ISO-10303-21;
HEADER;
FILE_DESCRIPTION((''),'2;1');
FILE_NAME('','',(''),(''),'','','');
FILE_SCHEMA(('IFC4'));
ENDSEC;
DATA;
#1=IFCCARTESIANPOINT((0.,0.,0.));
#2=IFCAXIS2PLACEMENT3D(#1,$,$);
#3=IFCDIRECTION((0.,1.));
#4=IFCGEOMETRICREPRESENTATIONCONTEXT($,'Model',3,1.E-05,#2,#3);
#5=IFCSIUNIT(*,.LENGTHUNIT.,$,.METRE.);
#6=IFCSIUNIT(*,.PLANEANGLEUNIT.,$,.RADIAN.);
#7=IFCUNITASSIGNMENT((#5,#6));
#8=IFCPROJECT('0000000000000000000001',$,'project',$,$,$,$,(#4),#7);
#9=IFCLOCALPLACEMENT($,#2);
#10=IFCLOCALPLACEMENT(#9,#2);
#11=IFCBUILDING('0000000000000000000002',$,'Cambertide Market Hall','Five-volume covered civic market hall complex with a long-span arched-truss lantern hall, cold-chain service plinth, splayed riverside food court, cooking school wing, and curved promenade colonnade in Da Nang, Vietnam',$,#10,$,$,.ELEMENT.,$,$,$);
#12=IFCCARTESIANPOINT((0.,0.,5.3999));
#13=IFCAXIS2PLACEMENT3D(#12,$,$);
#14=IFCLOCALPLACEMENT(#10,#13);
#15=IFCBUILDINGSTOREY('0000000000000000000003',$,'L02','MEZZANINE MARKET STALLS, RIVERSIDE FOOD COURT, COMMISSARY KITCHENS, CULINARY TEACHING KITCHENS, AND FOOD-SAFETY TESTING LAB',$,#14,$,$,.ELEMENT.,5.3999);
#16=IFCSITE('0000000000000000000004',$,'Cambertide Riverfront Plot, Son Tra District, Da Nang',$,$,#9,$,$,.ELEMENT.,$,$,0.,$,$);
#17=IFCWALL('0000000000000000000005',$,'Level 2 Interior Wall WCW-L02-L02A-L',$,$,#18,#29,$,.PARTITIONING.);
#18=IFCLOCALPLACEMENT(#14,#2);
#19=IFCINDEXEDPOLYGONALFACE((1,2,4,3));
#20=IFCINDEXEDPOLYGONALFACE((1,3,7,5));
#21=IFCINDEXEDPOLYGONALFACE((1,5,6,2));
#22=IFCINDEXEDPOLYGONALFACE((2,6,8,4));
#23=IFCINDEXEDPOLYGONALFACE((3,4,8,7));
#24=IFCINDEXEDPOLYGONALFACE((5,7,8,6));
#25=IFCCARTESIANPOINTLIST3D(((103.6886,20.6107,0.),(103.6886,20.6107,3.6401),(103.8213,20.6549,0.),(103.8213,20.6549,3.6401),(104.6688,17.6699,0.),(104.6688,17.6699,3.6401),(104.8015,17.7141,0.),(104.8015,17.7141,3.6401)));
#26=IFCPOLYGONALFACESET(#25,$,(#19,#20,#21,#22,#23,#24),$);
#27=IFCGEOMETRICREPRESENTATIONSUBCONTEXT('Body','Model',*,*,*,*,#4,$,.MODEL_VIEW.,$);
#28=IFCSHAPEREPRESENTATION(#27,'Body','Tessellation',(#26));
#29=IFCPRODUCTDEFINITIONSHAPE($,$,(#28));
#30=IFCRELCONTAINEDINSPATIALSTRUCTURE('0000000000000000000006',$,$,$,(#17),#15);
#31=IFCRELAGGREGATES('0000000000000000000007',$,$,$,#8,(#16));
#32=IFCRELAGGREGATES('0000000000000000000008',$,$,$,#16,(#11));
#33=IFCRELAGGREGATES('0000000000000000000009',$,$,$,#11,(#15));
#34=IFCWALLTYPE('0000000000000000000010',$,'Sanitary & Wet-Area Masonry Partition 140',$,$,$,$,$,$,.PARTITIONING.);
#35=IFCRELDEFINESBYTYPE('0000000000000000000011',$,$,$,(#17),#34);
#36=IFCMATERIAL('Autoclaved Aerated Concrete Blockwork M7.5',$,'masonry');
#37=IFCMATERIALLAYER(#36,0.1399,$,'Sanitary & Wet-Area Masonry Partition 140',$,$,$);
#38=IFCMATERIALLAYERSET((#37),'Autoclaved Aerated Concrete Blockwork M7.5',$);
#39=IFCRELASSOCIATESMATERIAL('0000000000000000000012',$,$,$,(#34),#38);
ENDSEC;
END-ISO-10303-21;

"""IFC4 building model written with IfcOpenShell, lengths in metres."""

from ifc_helpers import new_model, si_unit, direction, frame, frame_2d, origin, place, context, subcontext, project, spatial, rectangle, extrude, material, layer, layer_set, type_object, element, save


model = new_model("IFC4")

# Units and contexts
model_context = context("Model", 3, precision=1e-05, world=origin(), true_north=direction((0.0, 1.0)))
body_context = subcontext(model_context, "Body", "Model", "MODEL_VIEW")
ifc_project = project(units=[si_unit("LENGTHUNIT", "METRE"), si_unit("PLANEANGLEUNIT", "RADIAN")], contexts=[model_context])

# Site, building, storey
site_placement = place(None, origin())
site = spatial("IfcSite", under=ifc_project, at=site_placement, Name="Cambertide Riverfront Plot, Son Tra District, Da Nang", CompositionType="ELEMENT", RefElevation=0.0)
building_placement = place(site_placement, origin())
building = spatial("IfcBuilding", under=site, at=building_placement, Name="Cambertide Market Hall", Description="Five-volume covered civic market hall complex with a long-span arched-truss lantern hall, cold-chain service plinth, splayed riverside food court, cooking school wing, and curved promenade colonnade in Da Nang, Vietnam", CompositionType="ELEMENT")
storey_placement = place(building_placement, frame((0.0, 0.0, 5.3999)))
storey = spatial("IfcBuildingStorey", under=building, at=storey_placement, Name="L02", Description="MEZZANINE MARKET STALLS, RIVERSIDE FOOD COURT, COMMISSARY KITCHENS, CULINARY TEACHING KITCHENS, AND FOOD-SAFETY TESTING LAB", CompositionType="ELEMENT", Elevation=5.3999)

# Shared definitions
ifc_material_1 = material(Name="Autoclaved Aerated Concrete Blockwork M7.5", Category="masonry")
ifc_layer_1 = layer(ifc_material_1, 0.1399, Name="Sanitary & Wet-Area Masonry Partition 140")
ifc_layer_set_1 = layer_set([ifc_layer_1], Name="Autoclaved Aerated Concrete Blockwork M7.5")
wall_type_1 = type_object("IfcWallType", Name="Sanitary & Wet-Area Masonry Partition 140", PredefinedType="PARTITIONING", material=ifc_layer_set_1)

# Wall
wall_1_placement = place(storey_placement, frame((104.7351, 17.6921, 0.0), z_axis=(0.0, 0.0, 1.0), x_axis=(-0.316204, 0.948691, 0.0)))
element("IfcWall", 1, at=wall_1_placement, inside=storey, type_object=wall_type_1, Name="Level 2 Interior Wall WCW-L02-L02A-L", PredefinedType="PARTITIONING", context=body_context, shape_type="SweptSolid", body=[
    extrude(rectangle(XDim=3.0999, YDim=0.1399, at=frame_2d((1.5498, 0.0))), origin(), (0.0, 0.0, 1.0), 3.6401),
])

save(model, "model.ifc")
